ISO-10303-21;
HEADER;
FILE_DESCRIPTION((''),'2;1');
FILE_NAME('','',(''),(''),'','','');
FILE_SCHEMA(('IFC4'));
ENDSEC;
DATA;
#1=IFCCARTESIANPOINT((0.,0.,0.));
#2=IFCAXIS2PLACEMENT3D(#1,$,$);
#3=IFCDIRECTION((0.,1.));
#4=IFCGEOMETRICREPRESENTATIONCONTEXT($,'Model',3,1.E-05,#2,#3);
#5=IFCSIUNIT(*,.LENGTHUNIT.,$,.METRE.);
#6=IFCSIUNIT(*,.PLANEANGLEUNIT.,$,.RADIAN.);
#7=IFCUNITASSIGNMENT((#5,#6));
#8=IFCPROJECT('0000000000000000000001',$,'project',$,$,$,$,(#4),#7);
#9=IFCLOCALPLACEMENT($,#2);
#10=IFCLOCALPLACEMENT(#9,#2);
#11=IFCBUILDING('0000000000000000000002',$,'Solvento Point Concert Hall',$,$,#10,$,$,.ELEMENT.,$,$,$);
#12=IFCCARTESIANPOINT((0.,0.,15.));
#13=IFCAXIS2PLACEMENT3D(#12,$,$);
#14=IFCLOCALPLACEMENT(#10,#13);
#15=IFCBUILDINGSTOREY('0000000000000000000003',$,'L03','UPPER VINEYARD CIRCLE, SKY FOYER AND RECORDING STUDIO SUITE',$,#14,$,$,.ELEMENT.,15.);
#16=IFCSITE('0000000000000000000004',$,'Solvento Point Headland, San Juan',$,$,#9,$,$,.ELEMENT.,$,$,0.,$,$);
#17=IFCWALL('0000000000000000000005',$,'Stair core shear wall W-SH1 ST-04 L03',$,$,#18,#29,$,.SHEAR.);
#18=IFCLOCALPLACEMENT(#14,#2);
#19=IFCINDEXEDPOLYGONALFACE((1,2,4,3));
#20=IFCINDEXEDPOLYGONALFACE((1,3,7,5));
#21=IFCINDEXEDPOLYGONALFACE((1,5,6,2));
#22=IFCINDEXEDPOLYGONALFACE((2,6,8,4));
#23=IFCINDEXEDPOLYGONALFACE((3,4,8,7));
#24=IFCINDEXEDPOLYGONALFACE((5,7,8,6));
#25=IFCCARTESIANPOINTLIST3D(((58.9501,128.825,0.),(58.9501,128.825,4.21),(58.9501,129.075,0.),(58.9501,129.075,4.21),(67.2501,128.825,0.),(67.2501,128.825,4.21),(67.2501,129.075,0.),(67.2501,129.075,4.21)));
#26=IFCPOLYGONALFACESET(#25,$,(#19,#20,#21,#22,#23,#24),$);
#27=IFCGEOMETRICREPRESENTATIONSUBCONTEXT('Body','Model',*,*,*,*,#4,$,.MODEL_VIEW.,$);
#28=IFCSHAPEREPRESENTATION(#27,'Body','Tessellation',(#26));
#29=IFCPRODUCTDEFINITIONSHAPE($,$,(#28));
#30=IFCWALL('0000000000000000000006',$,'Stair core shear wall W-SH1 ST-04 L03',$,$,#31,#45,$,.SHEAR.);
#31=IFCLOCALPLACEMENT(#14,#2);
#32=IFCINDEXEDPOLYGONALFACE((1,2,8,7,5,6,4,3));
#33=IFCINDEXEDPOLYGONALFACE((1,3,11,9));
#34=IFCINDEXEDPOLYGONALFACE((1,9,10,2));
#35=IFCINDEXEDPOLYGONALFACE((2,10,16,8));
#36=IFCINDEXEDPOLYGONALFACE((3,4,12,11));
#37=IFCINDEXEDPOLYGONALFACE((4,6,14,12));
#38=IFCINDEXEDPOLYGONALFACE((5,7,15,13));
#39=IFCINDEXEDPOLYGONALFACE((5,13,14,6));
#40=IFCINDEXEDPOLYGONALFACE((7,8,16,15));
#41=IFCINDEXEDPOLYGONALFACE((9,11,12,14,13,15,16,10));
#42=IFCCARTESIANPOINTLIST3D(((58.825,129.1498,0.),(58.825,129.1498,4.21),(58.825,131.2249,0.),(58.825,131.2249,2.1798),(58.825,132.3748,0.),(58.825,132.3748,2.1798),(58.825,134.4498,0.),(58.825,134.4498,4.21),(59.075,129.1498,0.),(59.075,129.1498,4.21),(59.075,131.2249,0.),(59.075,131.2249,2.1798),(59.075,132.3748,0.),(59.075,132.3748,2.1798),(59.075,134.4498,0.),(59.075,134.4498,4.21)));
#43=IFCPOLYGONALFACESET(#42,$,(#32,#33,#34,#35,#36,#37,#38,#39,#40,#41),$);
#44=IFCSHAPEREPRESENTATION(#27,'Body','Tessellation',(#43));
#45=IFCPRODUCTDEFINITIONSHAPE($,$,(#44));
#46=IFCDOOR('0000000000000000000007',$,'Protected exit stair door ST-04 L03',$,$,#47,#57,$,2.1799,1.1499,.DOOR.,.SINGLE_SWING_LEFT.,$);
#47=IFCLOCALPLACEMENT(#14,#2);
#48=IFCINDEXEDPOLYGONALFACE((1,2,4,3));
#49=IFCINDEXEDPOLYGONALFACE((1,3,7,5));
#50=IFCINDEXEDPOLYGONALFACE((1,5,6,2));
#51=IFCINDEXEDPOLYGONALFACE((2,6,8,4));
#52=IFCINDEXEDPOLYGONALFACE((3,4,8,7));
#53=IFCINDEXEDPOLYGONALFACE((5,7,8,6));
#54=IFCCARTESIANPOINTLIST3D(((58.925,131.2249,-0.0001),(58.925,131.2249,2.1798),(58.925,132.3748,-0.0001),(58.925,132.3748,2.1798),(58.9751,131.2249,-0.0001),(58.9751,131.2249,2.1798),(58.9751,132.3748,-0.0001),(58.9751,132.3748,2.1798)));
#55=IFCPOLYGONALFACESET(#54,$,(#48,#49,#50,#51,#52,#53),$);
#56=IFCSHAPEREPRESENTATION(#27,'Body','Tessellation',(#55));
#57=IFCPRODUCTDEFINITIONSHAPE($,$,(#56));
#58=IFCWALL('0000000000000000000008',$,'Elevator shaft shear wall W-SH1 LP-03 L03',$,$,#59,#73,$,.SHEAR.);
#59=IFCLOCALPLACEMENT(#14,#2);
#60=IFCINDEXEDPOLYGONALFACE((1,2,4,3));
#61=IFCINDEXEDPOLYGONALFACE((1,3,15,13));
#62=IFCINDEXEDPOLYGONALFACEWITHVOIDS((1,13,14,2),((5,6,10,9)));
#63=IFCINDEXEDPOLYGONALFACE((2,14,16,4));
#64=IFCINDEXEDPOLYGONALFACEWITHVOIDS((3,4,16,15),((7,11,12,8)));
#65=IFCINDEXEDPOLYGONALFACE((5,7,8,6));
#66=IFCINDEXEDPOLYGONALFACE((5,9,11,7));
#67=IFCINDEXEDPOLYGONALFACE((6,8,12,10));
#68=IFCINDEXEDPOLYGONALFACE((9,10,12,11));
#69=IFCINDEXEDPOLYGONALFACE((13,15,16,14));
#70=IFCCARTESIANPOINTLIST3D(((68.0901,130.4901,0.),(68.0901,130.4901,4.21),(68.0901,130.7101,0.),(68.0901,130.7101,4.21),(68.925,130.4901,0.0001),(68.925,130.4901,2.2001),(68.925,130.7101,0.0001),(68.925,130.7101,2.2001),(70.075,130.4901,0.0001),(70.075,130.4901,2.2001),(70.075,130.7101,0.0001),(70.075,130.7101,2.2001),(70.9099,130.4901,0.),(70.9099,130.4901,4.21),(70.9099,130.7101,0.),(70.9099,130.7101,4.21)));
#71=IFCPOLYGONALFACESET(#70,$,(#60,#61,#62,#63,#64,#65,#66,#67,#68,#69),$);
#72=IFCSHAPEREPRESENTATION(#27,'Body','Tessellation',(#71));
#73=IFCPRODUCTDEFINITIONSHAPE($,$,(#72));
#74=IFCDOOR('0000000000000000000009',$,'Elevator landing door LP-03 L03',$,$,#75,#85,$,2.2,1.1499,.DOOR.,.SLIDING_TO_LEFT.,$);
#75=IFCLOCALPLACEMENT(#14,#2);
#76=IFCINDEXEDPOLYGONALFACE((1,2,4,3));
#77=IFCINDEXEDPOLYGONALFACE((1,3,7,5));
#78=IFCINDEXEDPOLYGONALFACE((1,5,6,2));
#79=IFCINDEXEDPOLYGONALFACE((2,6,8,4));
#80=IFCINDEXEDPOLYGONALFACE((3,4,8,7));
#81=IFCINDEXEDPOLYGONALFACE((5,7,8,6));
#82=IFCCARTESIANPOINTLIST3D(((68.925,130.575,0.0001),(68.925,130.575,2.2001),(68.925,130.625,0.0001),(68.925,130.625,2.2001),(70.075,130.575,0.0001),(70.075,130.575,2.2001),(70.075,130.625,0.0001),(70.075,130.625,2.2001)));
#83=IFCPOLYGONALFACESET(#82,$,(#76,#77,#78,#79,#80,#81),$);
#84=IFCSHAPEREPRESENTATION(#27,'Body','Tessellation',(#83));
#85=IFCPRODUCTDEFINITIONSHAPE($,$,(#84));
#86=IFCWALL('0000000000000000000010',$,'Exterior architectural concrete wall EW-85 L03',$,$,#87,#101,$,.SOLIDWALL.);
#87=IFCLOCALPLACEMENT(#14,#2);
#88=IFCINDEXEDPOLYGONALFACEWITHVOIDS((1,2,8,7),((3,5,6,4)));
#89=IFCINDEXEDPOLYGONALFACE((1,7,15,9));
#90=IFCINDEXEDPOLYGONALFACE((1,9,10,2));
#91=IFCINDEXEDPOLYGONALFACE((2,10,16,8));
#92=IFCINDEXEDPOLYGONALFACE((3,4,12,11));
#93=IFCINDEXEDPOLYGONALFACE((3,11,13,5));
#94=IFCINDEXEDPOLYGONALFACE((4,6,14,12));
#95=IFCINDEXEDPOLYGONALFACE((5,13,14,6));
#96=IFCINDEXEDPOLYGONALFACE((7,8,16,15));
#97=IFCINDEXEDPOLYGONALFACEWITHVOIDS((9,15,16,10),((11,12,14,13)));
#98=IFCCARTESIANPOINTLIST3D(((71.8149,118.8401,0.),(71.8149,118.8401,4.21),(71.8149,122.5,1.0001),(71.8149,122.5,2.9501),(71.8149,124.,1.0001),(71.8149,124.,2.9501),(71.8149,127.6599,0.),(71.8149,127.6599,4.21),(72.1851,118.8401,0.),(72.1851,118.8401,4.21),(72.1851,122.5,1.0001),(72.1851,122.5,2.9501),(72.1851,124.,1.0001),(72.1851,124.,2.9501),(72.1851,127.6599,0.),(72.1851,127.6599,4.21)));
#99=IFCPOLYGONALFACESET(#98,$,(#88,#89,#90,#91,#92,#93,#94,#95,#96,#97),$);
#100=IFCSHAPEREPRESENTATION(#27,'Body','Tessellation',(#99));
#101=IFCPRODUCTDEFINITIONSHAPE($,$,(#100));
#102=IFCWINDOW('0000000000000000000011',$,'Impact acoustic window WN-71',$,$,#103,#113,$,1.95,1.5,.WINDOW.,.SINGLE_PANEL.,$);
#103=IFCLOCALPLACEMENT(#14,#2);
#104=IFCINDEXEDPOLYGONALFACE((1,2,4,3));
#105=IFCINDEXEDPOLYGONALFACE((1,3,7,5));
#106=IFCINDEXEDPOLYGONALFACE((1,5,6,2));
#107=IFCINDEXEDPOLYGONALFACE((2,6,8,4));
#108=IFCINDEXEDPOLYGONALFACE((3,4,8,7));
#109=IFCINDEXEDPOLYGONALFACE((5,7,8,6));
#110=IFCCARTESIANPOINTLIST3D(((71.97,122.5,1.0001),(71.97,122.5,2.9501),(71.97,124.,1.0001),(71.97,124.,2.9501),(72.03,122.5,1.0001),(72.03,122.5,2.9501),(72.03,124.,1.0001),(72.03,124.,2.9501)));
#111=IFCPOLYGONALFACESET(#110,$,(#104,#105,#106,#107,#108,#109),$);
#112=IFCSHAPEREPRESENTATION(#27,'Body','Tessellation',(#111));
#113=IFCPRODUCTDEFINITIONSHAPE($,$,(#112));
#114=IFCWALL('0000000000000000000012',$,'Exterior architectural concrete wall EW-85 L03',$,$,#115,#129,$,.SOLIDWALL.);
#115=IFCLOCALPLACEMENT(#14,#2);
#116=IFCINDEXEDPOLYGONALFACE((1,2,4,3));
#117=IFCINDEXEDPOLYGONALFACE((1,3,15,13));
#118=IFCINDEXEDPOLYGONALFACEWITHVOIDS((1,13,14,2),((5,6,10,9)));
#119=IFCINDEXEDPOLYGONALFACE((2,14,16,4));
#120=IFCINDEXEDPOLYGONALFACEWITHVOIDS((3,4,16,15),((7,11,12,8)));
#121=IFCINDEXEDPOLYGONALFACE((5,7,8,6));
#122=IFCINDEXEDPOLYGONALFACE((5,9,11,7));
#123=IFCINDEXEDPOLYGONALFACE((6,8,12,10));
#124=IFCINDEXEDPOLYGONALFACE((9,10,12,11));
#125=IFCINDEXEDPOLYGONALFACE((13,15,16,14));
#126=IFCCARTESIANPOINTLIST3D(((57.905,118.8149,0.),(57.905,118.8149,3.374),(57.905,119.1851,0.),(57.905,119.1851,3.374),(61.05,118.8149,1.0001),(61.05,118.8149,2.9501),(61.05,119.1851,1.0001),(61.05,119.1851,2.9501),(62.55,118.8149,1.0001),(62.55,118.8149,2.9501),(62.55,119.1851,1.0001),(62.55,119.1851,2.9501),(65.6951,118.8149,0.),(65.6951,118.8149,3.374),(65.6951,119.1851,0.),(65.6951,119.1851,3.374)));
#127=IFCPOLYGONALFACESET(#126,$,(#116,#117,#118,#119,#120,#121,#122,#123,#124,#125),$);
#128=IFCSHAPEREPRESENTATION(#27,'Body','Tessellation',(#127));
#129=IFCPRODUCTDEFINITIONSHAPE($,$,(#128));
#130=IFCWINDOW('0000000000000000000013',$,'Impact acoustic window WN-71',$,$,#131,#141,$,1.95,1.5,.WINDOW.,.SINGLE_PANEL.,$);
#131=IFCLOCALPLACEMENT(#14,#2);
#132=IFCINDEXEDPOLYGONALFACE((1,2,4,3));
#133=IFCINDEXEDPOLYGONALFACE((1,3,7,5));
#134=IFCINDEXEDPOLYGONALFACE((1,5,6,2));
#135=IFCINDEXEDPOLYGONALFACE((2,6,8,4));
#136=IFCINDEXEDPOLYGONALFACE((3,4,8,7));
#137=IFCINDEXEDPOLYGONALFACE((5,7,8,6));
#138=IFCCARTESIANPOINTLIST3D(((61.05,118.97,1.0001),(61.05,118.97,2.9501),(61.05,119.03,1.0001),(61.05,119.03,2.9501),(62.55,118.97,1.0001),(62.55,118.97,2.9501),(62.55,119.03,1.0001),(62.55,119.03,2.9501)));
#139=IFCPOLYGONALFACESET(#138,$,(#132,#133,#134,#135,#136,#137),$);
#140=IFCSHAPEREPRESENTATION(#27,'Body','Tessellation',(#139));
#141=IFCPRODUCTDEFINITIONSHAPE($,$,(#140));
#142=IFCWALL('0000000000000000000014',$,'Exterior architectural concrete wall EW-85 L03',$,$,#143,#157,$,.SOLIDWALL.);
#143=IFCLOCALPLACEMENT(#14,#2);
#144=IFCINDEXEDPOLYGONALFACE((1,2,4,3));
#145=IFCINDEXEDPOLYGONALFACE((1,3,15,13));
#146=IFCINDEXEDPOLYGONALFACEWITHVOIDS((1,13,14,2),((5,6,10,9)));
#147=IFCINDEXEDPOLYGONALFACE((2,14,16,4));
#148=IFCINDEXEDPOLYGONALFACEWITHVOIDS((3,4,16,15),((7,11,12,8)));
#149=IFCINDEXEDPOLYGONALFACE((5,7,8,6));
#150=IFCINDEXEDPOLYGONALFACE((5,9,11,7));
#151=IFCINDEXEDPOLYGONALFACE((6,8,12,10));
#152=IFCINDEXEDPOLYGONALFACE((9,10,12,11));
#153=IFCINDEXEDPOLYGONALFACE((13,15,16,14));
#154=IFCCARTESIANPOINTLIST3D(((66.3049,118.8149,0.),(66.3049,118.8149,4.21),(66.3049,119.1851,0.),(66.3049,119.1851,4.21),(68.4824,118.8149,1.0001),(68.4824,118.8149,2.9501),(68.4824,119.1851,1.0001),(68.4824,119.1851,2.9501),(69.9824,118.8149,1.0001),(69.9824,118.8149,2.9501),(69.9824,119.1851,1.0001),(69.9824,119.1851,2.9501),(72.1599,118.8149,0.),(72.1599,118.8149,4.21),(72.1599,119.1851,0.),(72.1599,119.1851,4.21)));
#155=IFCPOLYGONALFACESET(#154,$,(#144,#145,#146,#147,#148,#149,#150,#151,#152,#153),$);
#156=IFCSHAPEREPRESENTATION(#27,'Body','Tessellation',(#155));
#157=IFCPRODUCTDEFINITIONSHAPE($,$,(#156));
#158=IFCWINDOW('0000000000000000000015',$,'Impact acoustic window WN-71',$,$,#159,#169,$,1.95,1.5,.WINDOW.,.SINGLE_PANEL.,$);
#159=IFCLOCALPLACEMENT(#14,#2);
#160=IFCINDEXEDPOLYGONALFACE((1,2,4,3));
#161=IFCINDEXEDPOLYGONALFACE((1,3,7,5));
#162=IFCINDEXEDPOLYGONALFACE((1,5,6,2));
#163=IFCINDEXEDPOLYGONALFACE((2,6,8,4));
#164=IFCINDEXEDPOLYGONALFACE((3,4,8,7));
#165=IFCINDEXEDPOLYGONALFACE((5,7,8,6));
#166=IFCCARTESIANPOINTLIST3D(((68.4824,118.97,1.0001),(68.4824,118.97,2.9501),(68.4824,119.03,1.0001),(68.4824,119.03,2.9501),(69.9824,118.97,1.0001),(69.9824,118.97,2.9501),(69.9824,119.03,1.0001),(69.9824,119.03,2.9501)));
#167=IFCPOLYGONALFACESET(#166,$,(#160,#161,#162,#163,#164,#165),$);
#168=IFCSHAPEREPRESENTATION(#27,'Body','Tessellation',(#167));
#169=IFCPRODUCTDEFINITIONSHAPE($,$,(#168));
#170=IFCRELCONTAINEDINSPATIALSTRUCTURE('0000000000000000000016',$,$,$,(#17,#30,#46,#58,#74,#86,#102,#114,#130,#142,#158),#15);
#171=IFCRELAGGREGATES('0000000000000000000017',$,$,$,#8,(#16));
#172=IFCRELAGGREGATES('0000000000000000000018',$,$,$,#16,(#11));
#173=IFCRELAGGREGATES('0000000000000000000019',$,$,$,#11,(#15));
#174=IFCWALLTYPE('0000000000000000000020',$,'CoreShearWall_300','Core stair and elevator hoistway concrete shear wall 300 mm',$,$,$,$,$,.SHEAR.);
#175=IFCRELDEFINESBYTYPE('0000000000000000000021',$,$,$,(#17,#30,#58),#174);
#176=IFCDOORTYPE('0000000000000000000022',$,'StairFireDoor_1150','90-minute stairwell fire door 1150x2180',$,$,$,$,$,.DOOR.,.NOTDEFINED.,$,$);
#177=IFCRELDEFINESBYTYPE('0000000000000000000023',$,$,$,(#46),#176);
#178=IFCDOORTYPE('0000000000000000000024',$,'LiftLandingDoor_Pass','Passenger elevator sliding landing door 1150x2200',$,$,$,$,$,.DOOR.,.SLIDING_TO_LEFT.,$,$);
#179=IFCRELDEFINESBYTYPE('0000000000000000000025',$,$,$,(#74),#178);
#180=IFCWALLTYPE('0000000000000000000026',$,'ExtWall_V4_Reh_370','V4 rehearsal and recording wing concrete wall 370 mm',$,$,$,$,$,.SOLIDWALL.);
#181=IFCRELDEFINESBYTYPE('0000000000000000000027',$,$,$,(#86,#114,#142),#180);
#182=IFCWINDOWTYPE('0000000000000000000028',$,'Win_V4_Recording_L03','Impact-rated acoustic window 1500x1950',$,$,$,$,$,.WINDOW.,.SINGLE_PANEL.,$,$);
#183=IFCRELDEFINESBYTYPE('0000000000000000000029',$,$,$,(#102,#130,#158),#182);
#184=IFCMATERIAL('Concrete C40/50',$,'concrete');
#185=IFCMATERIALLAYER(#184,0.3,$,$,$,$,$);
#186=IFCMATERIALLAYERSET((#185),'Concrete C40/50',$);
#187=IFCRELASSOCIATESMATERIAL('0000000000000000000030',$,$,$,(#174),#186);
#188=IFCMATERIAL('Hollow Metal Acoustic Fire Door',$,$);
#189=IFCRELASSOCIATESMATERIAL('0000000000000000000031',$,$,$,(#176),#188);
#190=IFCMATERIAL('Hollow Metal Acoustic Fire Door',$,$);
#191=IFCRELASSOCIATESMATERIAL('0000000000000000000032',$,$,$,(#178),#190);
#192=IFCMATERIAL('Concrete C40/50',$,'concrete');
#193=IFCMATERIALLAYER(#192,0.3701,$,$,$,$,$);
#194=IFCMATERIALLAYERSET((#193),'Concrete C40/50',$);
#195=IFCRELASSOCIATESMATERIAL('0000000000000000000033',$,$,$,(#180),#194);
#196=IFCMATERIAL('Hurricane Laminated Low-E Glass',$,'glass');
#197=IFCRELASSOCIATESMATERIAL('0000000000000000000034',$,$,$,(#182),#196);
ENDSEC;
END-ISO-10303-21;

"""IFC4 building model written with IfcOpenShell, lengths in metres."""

from ifc_helpers import new_model, si_unit, direction, frame, frame_2d, origin, place, context, subcontext, project, spatial, rectangle, extrude, material, layer, layer_set, type_object, element, fill, save


model = new_model("IFC4")

# Units and contexts
model_context = context("Model", 3, precision=1e-05, world=origin(), true_north=direction((0.0, 1.0)))
body_context = subcontext(model_context, "Body", "Model", "MODEL_VIEW")
ifc_project = project(units=[si_unit("LENGTHUNIT", "METRE"), si_unit("PLANEANGLEUNIT", "RADIAN")], contexts=[model_context])

# Site, building, storey
site_placement = place(None, origin())
site = spatial("IfcSite", under=ifc_project, at=site_placement, Name="Solvento Point Headland, San Juan", CompositionType="ELEMENT", RefElevation=0.0)
building_placement = place(site_placement, origin())
building = spatial("IfcBuilding", under=site, at=building_placement, Name="Solvento Point Concert Hall", CompositionType="ELEMENT")
storey_placement = place(building_placement, frame((0.0, 0.0, 15.0)))
storey = spatial("IfcBuildingStorey", under=building, at=storey_placement, Name="L03", Description="UPPER VINEYARD CIRCLE, SKY FOYER AND RECORDING STUDIO SUITE", CompositionType="ELEMENT", Elevation=15.0)

# Wall
ifc_material_1 = material(Name="Concrete C40/50", Category="concrete")
ifc_layer_1 = layer(ifc_material_1, 0.3)
ifc_layer_set_1 = layer_set([ifc_layer_1], Name="Concrete C40/50")
wall_type_1 = type_object("IfcWallType", Name="CoreShearWall_300", Description="Core stair and elevator hoistway concrete shear wall 300 mm", PredefinedType="SHEAR", material=ifc_layer_set_1)
wall_1_placement = place(storey_placement, frame((67.25, 128.95, 0.0), z_axis=(0.0, 0.0, 1.0), x_axis=(-1.0, 0.0, 0.0)))
element("IfcWall", 1, at=wall_1_placement, inside=storey, type_object=wall_type_1, Name="Stair core shear wall W-SH1 ST-04 L03", PredefinedType="SHEAR", context=body_context, shape_type="SweptSolid", body=[
    extrude(rectangle(XDim=8.3, YDim=0.25, at=frame_2d((4.1499, 0.0))), origin(), (0.0, 0.0, 1.0), 4.21),
])

# Walls, openings, doors
wall_2_placement = place(storey_placement, frame((58.95, 129.1499, 0.0), z_axis=(0.0, 0.0, 1.0), x_axis=(0.0, 1.0, 0.0)))
wall_2 = element("IfcWall", 2, at=wall_2_placement, inside=storey, type_object=wall_type_1, Name="Stair core shear wall W-SH1 ST-04 L03", PredefinedType="SHEAR", context=body_context, shape_type="SweptSolid", body=[
    extrude(rectangle(XDim=5.3, YDim=0.25, at=frame_2d((2.6499, 0.0))), origin(), (0.0, 0.0, 1.0), 4.21),
])
opening_1_placement = place(wall_2_placement, frame((2.075, 0.0, 0.0)))
opening_1 = element("IfcOpeningElement", 3, at=opening_1_placement, cuts=wall_2, PredefinedType="OPENING", context=body_context, shape_type="SweptSolid", body=[
    extrude(rectangle(XDim=1.1499, YDim=2.1799, at=frame_2d((0.575, 1.0898))), frame((0.0, 0.135, 0.0), z_axis=(0.0, -1.0, 0.0), x_axis=(1.0, 0.0, 0.0)), (0.0, 0.0, 1.0), 0.27),
])
ifc_material_2 = material(Name="Hollow Metal Acoustic Fire Door")
door_type_1 = type_object("IfcDoorType", Name="StairFireDoor_1150", Description="90-minute stairwell fire door 1150x2180", OperationType="NOTDEFINED", PredefinedType="DOOR", material=ifc_material_2)
door_1_placement = place(opening_1_placement, origin())
door_1 = element("IfcDoor", 4, at=door_1_placement, inside=storey, type_object=door_type_1, Name="Protected exit stair door ST-04 L03", OperationType="SINGLE_SWING_LEFT", OverallHeight=2.1799, OverallWidth=1.1499, PredefinedType="DOOR", context=body_context, shape_type="SweptSolid", body=[
    extrude(rectangle(XDim=1.1499, YDim=2.1799, at=frame_2d((0.575, 1.0898))), frame((0.0, 0.0249, 0.0), z_axis=(0.0, -1.0, 0.0), x_axis=(1.0, 0.0, 0.0)), (0.0, 0.0, 1.0), 0.05),
])
fill(opening_1, door_1)
wall_3_placement = place(storey_placement, frame((68.0901, 130.6001, 0.0), z_axis=(0.0, 0.0, 1.0), x_axis=(1.0, 0.0, 0.0)))
wall_3 = element("IfcWall", 5, at=wall_3_placement, inside=storey, type_object=wall_type_1, Name="Elevator shaft shear wall W-SH1 LP-03 L03", PredefinedType="SHEAR", context=body_context, shape_type="SweptSolid", body=[
    extrude(rectangle(XDim=2.8198, YDim=0.22, at=frame_2d((1.4099, 0.0))), origin(), (0.0, 0.0, 1.0), 4.21),
])
opening_2_placement = place(wall_3_placement, frame((0.835, 0.0, 0.0)))
opening_2 = element("IfcOpeningElement", 6, at=opening_2_placement, cuts=wall_3, PredefinedType="OPENING", context=body_context, shape_type="SweptSolid", body=[
    extrude(rectangle(XDim=1.1499, YDim=2.2, at=frame_2d((0.575, 1.1001))), frame((0.0, 0.1199, 0.0), z_axis=(0.0, -1.0, 0.0), x_axis=(1.0, 0.0, 0.0)), (0.0, 0.0, 1.0), 0.24),
])
ifc_material_3 = material(Name="Hollow Metal Acoustic Fire Door")
door_type_2 = type_object("IfcDoorType", Name="LiftLandingDoor_Pass", Description="Passenger elevator sliding landing door 1150x2200", OperationType="SLIDING_TO_LEFT", PredefinedType="DOOR", material=ifc_material_3)
door_2_placement = place(opening_2_placement, origin())
door_2 = element("IfcDoor", 7, at=door_2_placement, inside=storey, type_object=door_type_2, Name="Elevator landing door LP-03 L03", OperationType="SLIDING_TO_LEFT", OverallHeight=2.2, OverallWidth=1.1499, PredefinedType="DOOR", context=body_context, shape_type="SweptSolid", body=[
    extrude(rectangle(XDim=1.1499, YDim=2.2, at=frame_2d((0.575, 1.1001))), frame((0.0, 0.0249, 0.0), z_axis=(0.0, -1.0, 0.0), x_axis=(1.0, 0.0, 0.0)), (0.0, 0.0, 1.0), 0.05),
])
fill(opening_2, door_2)

# Walls, openings, windows
ifc_material_4 = material(Name="Concrete C40/50", Category="concrete")
ifc_layer_2 = layer(ifc_material_4, 0.3701)
ifc_layer_set_2 = layer_set([ifc_layer_2], Name="Concrete C40/50")
wall_type_2 = type_object("IfcWallType", Name="ExtWall_V4_Reh_370", Description="V4 rehearsal and recording wing concrete wall 370 mm", PredefinedType="SOLIDWALL", material=ifc_layer_set_2)
wall_4_placement = place(storey_placement, frame((72.0, 127.6599, 0.0), z_axis=(0.0, 0.0, 1.0), x_axis=(0.0, -1.0, 0.0)))
wall_4 = element("IfcWall", 8, at=wall_4_placement, inside=storey, type_object=wall_type_2, Name="Exterior architectural concrete wall EW-85 L03", PredefinedType="SOLIDWALL", context=body_context, shape_type="SweptSolid", body=[
    extrude(rectangle(XDim=8.8198, YDim=0.3701, at=frame_2d((4.4099, 0.0))), origin(), (0.0, 0.0, 1.0), 4.21),
])
opening_3_placement = place(wall_4_placement, frame((3.6599, 0.0, 1.0)))
opening_3 = element("IfcOpeningElement", 9, at=opening_3_placement, cuts=wall_4, PredefinedType="OPENING", context=body_context, shape_type="SweptSolid", body=[
    extrude(rectangle(XDim=1.5, YDim=1.95, at=frame_2d((0.75, 0.9751))), frame((0.0, 0.1951, 0.0), z_axis=(0.0, -1.0, 0.0), x_axis=(1.0, 0.0, 0.0)), (0.0, 0.0, 1.0), 0.3901),
])
ifc_material_5 = material(Name="Hurricane Laminated Low-E Glass", Category="glass")
window_type = type_object("IfcWindowType", Name="Win_V4_Recording_L03", Description="Impact-rated acoustic window 1500x1950", PartitioningType="SINGLE_PANEL", PredefinedType="WINDOW", material=ifc_material_5)
window_1_placement = place(opening_3_placement, origin())
window_1 = element("IfcWindow", 10, at=window_1_placement, inside=storey, type_object=window_type, Name="Impact acoustic window WN-71", OverallHeight=1.95, OverallWidth=1.5, PartitioningType="SINGLE_PANEL", PredefinedType="WINDOW", context=body_context, shape_type="SweptSolid", body=[
    extrude(rectangle(XDim=1.5, YDim=1.95, at=frame_2d((0.75, 0.9751))), frame((0.0, 0.03, 0.0), z_axis=(0.0, -1.0, 0.0), x_axis=(1.0, 0.0, 0.0)), (0.0, 0.0, 1.0), 0.0601),
])
fill(opening_3, window_1)
wall_5_placement = place(storey_placement, frame((65.6951, 119.0, 0.0), z_axis=(0.0, 0.0, 1.0), x_axis=(-1.0, 0.0, 0.0)))
wall_5 = element("IfcWall", 11, at=wall_5_placement, inside=storey, type_object=wall_type_2, Name="Exterior architectural concrete wall EW-85 L03", PredefinedType="SOLIDWALL", context=body_context, shape_type="SweptSolid", body=[
    extrude(rectangle(XDim=7.79, YDim=0.3701, at=frame_2d((3.895, 0.0))), origin(), (0.0, 0.0, 1.0), 3.374),
])
opening_4_placement = place(wall_5_placement, frame((3.145, 0.0, 1.0)))
opening_4 = element("IfcOpeningElement", 12, at=opening_4_placement, cuts=wall_5, PredefinedType="OPENING", context=body_context, shape_type="SweptSolid", body=[
    extrude(rectangle(XDim=1.5, YDim=1.95, at=frame_2d((0.75, 0.9751))), frame((0.0, 0.1951, 0.0), z_axis=(0.0, -1.0, 0.0), x_axis=(1.0, 0.0, 0.0)), (0.0, 0.0, 1.0), 0.3901),
])
window_2_placement = place(opening_4_placement, origin())
window_2 = element("IfcWindow", 13, at=window_2_placement, inside=storey, type_object=window_type, Name="Impact acoustic window WN-71", OverallHeight=1.95, OverallWidth=1.5, PartitioningType="SINGLE_PANEL", PredefinedType="WINDOW", context=body_context, shape_type="SweptSolid", body=[
    extrude(rectangle(XDim=1.5, YDim=1.95, at=frame_2d((0.75, 0.9751))), frame((0.0, 0.03, 0.0), z_axis=(0.0, -1.0, 0.0), x_axis=(1.0, 0.0, 0.0)), (0.0, 0.0, 1.0), 0.0601),
])
fill(opening_4, window_2)
wall_6_placement = place(storey_placement, frame((72.1599, 119.0, 0.0), z_axis=(0.0, 0.0, 1.0), x_axis=(-1.0, 0.0, 0.0)))
wall_6 = element("IfcWall", 14, at=wall_6_placement, inside=storey, type_object=wall_type_2, Name="Exterior architectural concrete wall EW-85 L03", PredefinedType="SOLIDWALL", context=body_context, shape_type="SweptSolid", body=[
    extrude(rectangle(XDim=5.855, YDim=0.3701, at=frame_2d((2.9275, 0.0))), origin(), (0.0, 0.0, 1.0), 4.21),
])
opening_5_placement = place(wall_6_placement, frame((2.1775, 0.0, 1.0)))
opening_5 = element("IfcOpeningElement", 15, at=opening_5_placement, cuts=wall_6, PredefinedType="OPENING", context=body_context, shape_type="SweptSolid", body=[
    extrude(rectangle(XDim=1.5, YDim=1.95, at=frame_2d((0.75, 0.9751))), frame((0.0, 0.1951, 0.0), z_axis=(0.0, -1.0, 0.0), x_axis=(1.0, 0.0, 0.0)), (0.0, 0.0, 1.0), 0.3901),
])
window_3_placement = place(opening_5_placement, origin())
window_3 = element("IfcWindow", 16, at=window_3_placement, inside=storey, type_object=window_type, Name="Impact acoustic window WN-71", OverallHeight=1.95, OverallWidth=1.5, PartitioningType="SINGLE_PANEL", PredefinedType="WINDOW", context=body_context, shape_type="SweptSolid", body=[
    extrude(rectangle(XDim=1.5, YDim=1.95, at=frame_2d((0.75, 0.9751))), frame((0.0, 0.03, 0.0), z_axis=(0.0, -1.0, 0.0), x_axis=(1.0, 0.0, 0.0)), (0.0, 0.0, 1.0), 0.0601),
])
fill(opening_5, window_3)

save(model, "model.ifc")
